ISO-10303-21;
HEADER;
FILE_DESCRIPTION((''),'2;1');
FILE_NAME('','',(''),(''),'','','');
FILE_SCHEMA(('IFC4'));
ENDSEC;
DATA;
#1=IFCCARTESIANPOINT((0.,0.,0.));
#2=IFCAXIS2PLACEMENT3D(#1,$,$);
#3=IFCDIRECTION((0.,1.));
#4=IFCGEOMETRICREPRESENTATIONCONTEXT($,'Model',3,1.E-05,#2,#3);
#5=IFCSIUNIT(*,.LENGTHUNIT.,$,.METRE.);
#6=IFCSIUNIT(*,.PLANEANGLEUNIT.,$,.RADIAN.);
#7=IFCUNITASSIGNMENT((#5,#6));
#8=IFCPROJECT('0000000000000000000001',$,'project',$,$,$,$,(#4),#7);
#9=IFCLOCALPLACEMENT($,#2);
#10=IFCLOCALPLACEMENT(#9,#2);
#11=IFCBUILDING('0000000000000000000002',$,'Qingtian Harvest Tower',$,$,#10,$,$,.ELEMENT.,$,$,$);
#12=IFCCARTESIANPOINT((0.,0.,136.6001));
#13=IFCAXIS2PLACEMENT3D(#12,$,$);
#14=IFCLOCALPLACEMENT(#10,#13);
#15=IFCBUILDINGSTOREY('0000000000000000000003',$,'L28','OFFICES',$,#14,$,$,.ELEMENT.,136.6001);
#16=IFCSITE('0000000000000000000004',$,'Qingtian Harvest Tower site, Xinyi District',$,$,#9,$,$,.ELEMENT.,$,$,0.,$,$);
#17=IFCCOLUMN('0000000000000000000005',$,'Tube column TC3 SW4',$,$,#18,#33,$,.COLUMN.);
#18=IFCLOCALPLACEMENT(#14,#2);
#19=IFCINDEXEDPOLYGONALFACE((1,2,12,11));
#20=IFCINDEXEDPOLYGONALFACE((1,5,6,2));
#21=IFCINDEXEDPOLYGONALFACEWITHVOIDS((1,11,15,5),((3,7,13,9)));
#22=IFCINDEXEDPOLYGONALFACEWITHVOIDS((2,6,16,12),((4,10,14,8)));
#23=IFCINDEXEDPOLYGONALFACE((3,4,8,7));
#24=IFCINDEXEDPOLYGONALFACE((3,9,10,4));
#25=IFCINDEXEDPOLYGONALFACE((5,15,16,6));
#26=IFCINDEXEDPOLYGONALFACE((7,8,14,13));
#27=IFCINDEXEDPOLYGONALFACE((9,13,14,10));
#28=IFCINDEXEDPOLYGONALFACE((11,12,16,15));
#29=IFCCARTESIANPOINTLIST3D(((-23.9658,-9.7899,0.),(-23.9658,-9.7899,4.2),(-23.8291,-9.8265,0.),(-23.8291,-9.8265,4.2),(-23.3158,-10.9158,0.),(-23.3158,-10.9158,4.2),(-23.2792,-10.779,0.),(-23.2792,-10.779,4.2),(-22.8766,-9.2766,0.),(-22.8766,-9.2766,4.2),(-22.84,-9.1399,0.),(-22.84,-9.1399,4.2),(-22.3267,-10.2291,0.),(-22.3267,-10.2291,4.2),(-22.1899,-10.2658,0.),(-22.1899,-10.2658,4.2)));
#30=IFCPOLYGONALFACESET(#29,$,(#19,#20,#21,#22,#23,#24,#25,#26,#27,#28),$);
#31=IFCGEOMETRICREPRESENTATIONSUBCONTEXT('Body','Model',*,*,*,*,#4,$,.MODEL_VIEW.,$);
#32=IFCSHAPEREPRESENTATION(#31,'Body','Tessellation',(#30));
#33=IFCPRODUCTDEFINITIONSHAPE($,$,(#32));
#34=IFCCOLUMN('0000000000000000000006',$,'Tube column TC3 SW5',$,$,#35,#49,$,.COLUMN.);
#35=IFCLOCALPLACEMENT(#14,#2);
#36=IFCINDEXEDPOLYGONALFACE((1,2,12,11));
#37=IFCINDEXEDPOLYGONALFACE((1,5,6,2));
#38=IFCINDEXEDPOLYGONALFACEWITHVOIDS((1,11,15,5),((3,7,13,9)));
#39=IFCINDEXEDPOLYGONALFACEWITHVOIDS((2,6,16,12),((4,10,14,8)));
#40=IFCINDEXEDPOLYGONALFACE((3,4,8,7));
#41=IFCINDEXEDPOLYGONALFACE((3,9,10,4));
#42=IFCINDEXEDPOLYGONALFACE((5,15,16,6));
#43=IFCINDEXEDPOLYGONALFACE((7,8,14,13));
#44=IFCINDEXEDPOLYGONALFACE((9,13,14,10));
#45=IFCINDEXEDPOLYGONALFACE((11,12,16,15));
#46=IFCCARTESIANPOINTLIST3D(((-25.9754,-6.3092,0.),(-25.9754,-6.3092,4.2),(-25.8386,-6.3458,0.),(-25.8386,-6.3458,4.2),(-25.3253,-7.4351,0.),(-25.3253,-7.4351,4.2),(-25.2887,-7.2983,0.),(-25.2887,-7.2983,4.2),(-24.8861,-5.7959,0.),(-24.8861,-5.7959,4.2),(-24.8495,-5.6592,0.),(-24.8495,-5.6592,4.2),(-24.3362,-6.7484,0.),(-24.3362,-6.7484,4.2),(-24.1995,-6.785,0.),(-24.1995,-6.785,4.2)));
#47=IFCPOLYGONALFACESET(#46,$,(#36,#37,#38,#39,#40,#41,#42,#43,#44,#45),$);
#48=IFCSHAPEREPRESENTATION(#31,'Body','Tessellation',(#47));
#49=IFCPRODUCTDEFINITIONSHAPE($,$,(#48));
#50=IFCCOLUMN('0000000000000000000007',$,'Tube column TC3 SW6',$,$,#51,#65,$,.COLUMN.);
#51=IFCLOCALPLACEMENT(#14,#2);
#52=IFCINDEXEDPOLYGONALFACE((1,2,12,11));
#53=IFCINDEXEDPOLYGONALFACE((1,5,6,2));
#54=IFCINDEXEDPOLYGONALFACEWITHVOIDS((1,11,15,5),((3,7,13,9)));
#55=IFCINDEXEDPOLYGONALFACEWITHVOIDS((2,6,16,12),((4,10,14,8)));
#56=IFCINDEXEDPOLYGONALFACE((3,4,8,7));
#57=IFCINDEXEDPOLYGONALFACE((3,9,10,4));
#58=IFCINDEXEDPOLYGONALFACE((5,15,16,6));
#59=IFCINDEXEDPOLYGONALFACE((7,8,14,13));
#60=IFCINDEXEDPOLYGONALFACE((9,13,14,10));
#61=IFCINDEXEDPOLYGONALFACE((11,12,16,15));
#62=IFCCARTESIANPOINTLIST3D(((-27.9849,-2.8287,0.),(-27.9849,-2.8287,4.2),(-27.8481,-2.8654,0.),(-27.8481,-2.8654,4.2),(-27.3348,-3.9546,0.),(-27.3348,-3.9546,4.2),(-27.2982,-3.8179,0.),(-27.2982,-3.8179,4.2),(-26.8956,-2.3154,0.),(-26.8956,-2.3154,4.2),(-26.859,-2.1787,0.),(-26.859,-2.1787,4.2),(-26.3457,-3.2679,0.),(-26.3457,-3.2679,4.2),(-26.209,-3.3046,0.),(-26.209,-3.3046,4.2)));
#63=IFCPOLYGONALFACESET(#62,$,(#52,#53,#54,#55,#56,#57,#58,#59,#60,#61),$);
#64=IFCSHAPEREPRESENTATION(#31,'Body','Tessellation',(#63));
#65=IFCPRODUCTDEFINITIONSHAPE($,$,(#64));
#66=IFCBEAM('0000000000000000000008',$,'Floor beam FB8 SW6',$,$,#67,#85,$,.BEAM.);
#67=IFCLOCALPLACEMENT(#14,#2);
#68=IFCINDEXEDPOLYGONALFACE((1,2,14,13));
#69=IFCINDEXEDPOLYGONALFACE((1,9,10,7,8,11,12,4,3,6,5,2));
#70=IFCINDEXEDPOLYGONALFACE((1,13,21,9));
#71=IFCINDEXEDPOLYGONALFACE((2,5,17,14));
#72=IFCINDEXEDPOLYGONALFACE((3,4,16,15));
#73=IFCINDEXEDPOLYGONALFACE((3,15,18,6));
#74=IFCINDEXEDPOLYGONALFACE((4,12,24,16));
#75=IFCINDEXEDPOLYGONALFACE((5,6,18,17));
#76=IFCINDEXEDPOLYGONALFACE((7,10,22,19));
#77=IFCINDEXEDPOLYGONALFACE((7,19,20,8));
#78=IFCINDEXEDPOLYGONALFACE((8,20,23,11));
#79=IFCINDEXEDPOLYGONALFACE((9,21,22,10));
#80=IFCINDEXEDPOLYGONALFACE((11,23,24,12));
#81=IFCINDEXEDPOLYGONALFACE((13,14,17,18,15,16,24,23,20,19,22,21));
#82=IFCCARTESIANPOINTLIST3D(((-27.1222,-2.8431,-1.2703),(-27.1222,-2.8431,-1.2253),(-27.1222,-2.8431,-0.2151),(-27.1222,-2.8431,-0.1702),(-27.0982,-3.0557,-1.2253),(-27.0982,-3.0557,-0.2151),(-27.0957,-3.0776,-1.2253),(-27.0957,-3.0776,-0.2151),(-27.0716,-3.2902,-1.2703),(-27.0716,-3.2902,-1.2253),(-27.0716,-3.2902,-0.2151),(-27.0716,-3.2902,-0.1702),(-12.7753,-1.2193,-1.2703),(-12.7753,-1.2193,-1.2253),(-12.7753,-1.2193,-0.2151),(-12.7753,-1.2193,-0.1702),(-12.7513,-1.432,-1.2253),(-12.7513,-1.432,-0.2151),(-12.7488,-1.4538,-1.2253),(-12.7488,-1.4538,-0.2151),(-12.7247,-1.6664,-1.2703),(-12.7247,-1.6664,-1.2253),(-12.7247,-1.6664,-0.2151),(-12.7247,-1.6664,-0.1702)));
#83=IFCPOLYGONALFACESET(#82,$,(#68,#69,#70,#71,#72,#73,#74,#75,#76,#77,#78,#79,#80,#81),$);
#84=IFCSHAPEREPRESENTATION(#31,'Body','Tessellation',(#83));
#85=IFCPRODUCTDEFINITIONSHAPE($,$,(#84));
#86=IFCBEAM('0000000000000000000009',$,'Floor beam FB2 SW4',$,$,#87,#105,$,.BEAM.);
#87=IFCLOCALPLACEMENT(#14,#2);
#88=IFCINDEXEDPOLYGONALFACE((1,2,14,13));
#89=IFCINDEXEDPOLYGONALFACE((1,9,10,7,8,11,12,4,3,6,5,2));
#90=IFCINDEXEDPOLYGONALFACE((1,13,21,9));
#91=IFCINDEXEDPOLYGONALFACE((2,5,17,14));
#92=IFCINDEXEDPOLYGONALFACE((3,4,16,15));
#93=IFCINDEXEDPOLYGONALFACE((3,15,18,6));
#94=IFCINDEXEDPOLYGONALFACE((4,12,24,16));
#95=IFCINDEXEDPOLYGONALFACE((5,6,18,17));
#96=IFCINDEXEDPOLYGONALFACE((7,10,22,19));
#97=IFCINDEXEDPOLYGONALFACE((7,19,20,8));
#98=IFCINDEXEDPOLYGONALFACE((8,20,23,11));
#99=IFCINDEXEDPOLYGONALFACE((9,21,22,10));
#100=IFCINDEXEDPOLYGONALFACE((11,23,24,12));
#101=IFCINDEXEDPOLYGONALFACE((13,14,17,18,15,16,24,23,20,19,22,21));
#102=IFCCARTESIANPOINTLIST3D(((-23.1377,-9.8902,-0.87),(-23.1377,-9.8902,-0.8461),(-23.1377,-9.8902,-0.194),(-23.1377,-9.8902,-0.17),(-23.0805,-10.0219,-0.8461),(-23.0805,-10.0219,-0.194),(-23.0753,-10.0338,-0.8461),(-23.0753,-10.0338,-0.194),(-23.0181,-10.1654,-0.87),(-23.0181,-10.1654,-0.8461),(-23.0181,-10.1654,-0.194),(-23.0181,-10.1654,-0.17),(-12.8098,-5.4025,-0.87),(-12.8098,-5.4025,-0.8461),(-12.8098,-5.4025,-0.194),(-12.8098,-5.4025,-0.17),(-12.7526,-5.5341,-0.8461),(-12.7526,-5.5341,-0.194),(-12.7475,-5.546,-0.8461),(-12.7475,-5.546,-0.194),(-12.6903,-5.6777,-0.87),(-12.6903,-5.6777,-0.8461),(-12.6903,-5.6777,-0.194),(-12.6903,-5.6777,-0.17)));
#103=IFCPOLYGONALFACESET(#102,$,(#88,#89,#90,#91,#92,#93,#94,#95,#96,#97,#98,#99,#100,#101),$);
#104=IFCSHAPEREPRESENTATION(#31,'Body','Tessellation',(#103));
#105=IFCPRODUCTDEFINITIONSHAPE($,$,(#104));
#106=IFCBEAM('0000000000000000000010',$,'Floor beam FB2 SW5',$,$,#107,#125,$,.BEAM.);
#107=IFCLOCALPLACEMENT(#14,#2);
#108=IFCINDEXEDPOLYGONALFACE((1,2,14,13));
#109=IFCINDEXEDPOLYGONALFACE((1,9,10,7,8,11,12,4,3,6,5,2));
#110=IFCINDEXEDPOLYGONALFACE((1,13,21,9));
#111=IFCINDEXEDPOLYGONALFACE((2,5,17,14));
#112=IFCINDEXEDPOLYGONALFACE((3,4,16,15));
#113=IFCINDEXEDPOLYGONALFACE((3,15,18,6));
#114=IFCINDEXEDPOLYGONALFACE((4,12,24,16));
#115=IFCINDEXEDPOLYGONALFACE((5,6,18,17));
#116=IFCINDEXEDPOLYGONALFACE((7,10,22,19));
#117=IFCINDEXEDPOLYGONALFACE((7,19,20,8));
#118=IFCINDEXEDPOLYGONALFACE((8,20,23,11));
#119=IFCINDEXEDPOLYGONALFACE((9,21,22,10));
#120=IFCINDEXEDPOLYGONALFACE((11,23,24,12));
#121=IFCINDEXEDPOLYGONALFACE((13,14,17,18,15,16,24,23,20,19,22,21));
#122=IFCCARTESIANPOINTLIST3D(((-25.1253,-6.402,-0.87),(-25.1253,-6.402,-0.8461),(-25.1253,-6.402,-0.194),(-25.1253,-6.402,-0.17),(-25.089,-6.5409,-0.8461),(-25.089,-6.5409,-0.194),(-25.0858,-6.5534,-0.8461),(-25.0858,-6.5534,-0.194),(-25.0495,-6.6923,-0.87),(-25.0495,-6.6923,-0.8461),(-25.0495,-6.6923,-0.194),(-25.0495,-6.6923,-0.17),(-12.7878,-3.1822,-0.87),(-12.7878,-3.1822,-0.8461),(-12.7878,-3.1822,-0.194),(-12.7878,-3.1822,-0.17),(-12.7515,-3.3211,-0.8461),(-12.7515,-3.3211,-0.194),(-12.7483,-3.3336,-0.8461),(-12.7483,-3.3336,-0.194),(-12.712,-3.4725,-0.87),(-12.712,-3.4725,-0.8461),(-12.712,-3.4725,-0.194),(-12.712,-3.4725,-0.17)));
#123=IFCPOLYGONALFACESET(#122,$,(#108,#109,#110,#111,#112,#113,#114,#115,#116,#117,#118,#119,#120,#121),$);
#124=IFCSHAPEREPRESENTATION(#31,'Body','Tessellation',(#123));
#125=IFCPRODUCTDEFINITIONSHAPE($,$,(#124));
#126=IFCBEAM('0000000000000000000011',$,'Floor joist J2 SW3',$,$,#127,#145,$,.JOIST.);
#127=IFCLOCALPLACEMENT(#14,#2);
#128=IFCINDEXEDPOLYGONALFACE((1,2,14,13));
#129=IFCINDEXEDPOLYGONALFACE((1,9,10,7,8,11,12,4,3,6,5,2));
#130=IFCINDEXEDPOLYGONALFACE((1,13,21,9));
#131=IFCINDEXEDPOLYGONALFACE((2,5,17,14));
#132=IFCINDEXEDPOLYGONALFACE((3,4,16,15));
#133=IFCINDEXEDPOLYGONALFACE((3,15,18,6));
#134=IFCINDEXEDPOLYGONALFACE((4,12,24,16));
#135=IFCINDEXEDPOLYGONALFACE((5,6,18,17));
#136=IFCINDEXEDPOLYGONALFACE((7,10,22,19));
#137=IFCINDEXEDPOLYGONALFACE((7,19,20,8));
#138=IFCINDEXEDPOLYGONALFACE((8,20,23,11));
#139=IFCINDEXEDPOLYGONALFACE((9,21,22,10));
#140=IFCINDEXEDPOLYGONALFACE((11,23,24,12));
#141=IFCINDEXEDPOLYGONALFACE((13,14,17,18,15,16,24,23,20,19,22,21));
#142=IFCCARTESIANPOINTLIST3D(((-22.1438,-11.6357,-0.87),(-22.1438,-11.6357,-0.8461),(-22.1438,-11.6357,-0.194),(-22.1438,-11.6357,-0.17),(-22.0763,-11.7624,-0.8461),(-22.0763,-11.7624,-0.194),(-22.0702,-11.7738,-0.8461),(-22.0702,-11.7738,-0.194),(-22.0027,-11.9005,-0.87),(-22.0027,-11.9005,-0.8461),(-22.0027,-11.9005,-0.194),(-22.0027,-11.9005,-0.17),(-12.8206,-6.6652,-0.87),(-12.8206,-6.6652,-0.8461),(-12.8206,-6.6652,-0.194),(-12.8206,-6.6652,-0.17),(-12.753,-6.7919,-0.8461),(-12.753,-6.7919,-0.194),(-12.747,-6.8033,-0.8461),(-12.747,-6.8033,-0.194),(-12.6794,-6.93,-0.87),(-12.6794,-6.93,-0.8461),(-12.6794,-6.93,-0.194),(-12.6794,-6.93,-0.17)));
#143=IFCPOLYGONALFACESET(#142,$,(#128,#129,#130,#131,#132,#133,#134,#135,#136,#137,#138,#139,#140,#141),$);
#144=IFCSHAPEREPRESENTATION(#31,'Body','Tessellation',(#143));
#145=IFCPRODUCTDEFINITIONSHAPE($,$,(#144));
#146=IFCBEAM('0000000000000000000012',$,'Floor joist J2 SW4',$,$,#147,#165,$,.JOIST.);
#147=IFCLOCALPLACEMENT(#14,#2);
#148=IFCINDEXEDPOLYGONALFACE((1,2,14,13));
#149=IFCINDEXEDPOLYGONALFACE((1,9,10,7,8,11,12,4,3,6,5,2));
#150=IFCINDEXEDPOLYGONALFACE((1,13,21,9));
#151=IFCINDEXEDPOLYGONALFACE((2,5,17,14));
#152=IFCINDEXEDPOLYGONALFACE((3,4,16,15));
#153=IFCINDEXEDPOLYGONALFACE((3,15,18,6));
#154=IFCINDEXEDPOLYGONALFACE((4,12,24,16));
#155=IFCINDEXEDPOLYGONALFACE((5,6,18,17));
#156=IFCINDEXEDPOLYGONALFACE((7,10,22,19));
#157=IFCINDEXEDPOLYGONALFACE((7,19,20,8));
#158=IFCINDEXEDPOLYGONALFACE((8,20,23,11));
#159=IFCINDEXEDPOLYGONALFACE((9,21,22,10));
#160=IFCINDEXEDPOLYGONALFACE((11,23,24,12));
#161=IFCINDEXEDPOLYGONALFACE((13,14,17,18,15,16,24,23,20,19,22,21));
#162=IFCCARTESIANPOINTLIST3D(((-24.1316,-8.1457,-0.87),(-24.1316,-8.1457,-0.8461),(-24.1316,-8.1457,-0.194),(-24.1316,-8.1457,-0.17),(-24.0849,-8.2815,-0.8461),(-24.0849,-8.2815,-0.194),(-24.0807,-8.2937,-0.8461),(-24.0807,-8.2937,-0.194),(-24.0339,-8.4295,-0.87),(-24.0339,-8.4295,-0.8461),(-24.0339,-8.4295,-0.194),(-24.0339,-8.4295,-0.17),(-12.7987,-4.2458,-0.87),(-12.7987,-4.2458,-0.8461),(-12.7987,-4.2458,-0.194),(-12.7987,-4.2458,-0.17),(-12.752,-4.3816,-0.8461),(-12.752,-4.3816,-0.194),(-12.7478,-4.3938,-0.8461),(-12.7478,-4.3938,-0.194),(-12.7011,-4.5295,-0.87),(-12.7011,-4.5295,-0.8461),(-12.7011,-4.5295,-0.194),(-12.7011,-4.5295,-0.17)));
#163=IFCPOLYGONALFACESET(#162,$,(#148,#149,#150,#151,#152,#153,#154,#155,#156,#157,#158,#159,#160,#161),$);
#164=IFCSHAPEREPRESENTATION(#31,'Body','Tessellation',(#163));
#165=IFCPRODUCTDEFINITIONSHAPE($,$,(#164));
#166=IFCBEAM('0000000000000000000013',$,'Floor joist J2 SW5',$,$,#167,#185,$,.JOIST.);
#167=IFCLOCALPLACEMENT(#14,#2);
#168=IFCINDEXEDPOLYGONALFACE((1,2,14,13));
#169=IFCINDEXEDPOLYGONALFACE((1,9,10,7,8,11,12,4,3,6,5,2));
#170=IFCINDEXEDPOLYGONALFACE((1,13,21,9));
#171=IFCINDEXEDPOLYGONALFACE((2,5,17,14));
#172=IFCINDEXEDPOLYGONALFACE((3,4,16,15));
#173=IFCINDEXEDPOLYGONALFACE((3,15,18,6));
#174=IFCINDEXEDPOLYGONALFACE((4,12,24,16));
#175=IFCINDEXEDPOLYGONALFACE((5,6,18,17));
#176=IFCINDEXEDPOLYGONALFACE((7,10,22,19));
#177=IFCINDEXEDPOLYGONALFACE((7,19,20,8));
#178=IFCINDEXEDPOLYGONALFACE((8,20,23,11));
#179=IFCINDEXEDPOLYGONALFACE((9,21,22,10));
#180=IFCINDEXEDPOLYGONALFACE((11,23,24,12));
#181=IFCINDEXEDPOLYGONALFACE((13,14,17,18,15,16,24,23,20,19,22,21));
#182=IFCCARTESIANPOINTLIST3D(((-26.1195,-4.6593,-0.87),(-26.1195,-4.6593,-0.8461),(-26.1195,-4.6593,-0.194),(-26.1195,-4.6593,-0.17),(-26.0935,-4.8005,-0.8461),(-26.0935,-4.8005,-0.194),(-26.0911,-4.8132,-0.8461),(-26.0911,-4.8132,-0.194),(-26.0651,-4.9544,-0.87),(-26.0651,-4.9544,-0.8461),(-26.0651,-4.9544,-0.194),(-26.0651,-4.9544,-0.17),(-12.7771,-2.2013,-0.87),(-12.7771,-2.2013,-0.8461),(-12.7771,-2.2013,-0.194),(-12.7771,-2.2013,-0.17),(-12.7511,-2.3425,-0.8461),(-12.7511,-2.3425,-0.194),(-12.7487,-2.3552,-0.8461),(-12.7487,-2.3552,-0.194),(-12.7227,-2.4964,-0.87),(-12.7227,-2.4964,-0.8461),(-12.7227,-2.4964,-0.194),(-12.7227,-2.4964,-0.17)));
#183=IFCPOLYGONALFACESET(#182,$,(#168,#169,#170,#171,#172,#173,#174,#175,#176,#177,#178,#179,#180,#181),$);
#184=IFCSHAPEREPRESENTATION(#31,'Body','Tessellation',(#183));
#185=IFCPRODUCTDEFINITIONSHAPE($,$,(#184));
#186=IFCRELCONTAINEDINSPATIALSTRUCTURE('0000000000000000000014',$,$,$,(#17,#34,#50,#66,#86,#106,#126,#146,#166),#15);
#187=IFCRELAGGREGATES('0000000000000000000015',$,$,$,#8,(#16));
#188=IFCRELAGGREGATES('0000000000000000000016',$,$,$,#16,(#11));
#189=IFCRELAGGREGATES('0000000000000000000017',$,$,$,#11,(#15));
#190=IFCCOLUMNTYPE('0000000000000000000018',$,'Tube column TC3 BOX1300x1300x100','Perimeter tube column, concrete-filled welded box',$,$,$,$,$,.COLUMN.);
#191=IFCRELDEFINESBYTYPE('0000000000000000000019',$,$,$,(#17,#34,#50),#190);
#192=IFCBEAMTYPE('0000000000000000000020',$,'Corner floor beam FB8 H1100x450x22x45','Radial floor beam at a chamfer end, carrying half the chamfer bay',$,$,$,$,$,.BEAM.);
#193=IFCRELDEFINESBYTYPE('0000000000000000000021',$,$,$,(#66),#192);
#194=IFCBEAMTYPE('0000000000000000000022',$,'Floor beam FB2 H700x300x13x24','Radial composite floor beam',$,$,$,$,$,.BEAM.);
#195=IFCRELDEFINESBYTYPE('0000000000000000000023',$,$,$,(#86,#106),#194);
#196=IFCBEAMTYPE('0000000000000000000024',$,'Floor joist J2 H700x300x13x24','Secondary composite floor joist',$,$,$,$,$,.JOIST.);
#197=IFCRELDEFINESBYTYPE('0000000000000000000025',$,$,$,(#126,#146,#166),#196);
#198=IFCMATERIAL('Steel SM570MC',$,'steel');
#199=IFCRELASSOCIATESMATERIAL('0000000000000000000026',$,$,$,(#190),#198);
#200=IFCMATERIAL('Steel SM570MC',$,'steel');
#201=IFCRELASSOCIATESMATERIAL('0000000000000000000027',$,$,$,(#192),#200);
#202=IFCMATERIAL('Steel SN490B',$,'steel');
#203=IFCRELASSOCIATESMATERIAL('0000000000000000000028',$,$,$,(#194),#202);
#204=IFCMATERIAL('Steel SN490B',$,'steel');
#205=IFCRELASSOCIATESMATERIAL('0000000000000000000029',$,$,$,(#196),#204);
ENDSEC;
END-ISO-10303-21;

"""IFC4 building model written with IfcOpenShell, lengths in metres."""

from ifc_helpers import new_model, si_unit, direction, frame, origin, origin_2d, place, context, subcontext, project, spatial, hollow_rectangle, i_section, extrude, material, material_profile, profile_set, type_object, element, save


model = new_model("IFC4")

# Units and contexts
model_context = context("Model", 3, precision=1e-05, world=origin(), true_north=direction((0.0, 1.0)))
body_context = subcontext(model_context, "Body", "Model", "MODEL_VIEW")
ifc_project = project(units=[si_unit("LENGTHUNIT", "METRE"), si_unit("PLANEANGLEUNIT", "RADIAN")], contexts=[model_context])

# Site, building, storey
site_placement = place(None, origin())
site = spatial("IfcSite", under=ifc_project, at=site_placement, Name="Qingtian Harvest Tower site, Xinyi District", CompositionType="ELEMENT", RefElevation=0.0)
building_placement = place(site_placement, origin())
building = spatial("IfcBuilding", under=site, at=building_placement, Name="Qingtian Harvest Tower", CompositionType="ELEMENT")
storey_placement = place(building_placement, frame((0.0, 0.0, 136.6001)))
storey = spatial("IfcBuildingStorey", under=building, at=storey_placement, Name="L28", Description="OFFICES", CompositionType="ELEMENT", Elevation=136.6001)

# Columns
ifc_material_1 = material(Name="Steel SM570MC", Category="steel")
ifc_material_profile_1 = material_profile(ifc_material_1, hollow_rectangle(XDim=1.3, YDim=1.3, WallThickness=0.1001, at=origin_2d()), Name="BOX1300x1300x100")
ifc_profile_set_1 = profile_set([ifc_material_profile_1], Name="Steel SM570MC")
column_type = type_object("IfcColumnType", Name="Tube column TC3 BOX1300x1300x100", Description="Perimeter tube column, concrete-filled welded box", PredefinedType="COLUMN", material=ifc_profile_set_1)
for number, where, z_axis, x_axis, name in (
    (1, (-23.0779, -10.0278, 0.0), (0.0, 0.0, 1.0), (0.5, -0.866025, 0.0), "Tube column TC3 SW4"),
    (2, (-25.0874, -6.5471, 0.0), (0.0, 0.0, 1.0), (0.5, -0.866025, 0.0), "Tube column TC3 SW5"),
    (3, (-27.0969, -3.0667, 0.0), (0.0, 0.0, 1.0), (0.5, -0.866025, 0.0), "Tube column TC3 SW6"),
):
    element("IfcColumn", number, at=place(storey_placement, frame(where, z_axis=z_axis, x_axis=x_axis)), inside=storey, type_object=column_type, Name=name, PredefinedType="COLUMN", context=body_context, shape_type="SweptSolid", body=[
        extrude(hollow_rectangle(XDim=1.3, YDim=1.3, WallThickness=0.1001, at=origin_2d()), origin(), (0.0, 0.0, 1.0), 4.2),
    ])

# Beams
ifc_material_2 = material(Name="Steel SM570MC", Category="steel")
ifc_material_profile_2 = material_profile(ifc_material_2, i_section(OverallWidth=0.45, OverallDepth=1.1001, WebThickness=0.022, FlangeThickness=0.0449, at=origin_2d()), Name="H1100x450x22x45")
ifc_profile_set_2 = profile_set([ifc_material_profile_2], Name="Steel SM570MC")
beam_type_1 = type_object("IfcBeamType", Name="Corner floor beam FB8 H1100x450x22x45", Description="Radial floor beam at a chamfer end, carrying half the chamfer bay", PredefinedType="BEAM", material=ifc_profile_set_2)
beam_1_placement = place(storey_placement, frame((-27.0969, -3.0667, -0.7202), z_axis=(0.993656, 0.112462, 0.0), x_axis=(-0.112462, 0.993656, 0.0)))
element("IfcBeam", 4, at=beam_1_placement, inside=storey, type_object=beam_type_1, Name="Floor beam FB8 SW6", PredefinedType="BEAM", context=body_context, shape_type="SweptSolid", body=[
    extrude(i_section(OverallWidth=0.45, OverallDepth=1.1001, WebThickness=0.022, FlangeThickness=0.0449, at=origin_2d()), origin(), (0.0, 0.0, 1.0), 14.4385),
])
ifc_material_3 = material(Name="Steel SN490B", Category="steel")
ifc_material_profile_3 = material_profile(ifc_material_3, i_section(OverallWidth=0.3, OverallDepth=0.7, WebThickness=0.0129, FlangeThickness=0.0239, at=origin_2d()), Name="H700x300x13x24")
ifc_profile_set_3 = profile_set([ifc_material_profile_3], Name="Steel SN490B")
beam_type_2 = type_object("IfcBeamType", Name="Floor beam FB2 H700x300x13x24", Description="Radial composite floor beam", PredefinedType="BEAM", material=ifc_profile_set_3)
beam_2_placement = place(storey_placement, frame((-23.0779, -10.0278, -0.52), z_axis=(0.917154, 0.398533, 0.0), x_axis=(-0.398533, 0.917154, 0.0)))
element("IfcBeam", 5, at=beam_2_placement, inside=storey, type_object=beam_type_2, Name="Floor beam FB2 SW4", PredefinedType="BEAM", context=body_context, shape_type="SweptSolid", body=[
    extrude(i_section(OverallWidth=0.3, OverallDepth=0.7, WebThickness=0.0129, FlangeThickness=0.0239, at=origin_2d()), origin(), (0.0, 0.0, 1.0), 11.2607),
])
beam_3_placement = place(storey_placement, frame((-25.0874, -6.5471, -0.52), z_axis=(0.967593, 0.252515, 0.0), x_axis=(-0.252515, 0.967593, 0.0)))
element("IfcBeam", 6, at=beam_3_placement, inside=storey, type_object=beam_type_2, Name="Floor beam FB2 SW5", PredefinedType="BEAM", context=body_context, shape_type="SweptSolid", body=[
    extrude(i_section(OverallWidth=0.3, OverallDepth=0.7, WebThickness=0.0129, FlangeThickness=0.0239, at=origin_2d()), origin(), (0.0, 0.0, 1.0), 12.7507),
])
ifc_material_4 = material(Name="Steel SN490B", Category="steel")
ifc_material_profile_4 = material_profile(ifc_material_4, i_section(OverallWidth=0.3, OverallDepth=0.7, WebThickness=0.0129, FlangeThickness=0.0239, at=origin_2d()), Name="H700x300x13x24")
ifc_profile_set_4 = profile_set([ifc_material_profile_4], Name="Steel SN490B")
beam_type_3 = type_object("IfcBeamType", Name="Floor joist J2 H700x300x13x24", Description="Secondary composite floor joist", PredefinedType="JOIST", material=ifc_profile_set_4)
beam_4_placement = place(storey_placement, frame((-22.0732, -11.7681, -0.52), z_axis=(0.882429, 0.470446, 0.0), x_axis=(-0.470446, 0.882429, 0.0)))
element("IfcBeam", 7, at=beam_4_placement, inside=storey, type_object=beam_type_3, Name="Floor joist J2 SW3", PredefinedType="JOIST", context=body_context, shape_type="SweptSolid", body=[
    extrude(i_section(OverallWidth=0.3, OverallDepth=0.7, WebThickness=0.0129, FlangeThickness=0.0239, at=origin_2d()), origin(), (0.0, 0.0, 1.0), 10.5654),
])
beam_5_placement = place(storey_placement, frame((-24.0828, -8.2876, -0.52), z_axis=(0.945577, 0.325398, 0.0), x_axis=(-0.325398, 0.945577, 0.0)))
element("IfcBeam", 8, at=beam_5_placement, inside=storey, type_object=beam_type_3, Name="Floor joist J2 SW4", PredefinedType="JOIST", context=body_context, shape_type="SweptSolid", body=[
    extrude(i_section(OverallWidth=0.3, OverallDepth=0.7, WebThickness=0.0129, FlangeThickness=0.0239, at=origin_2d()), origin(), (0.0, 0.0, 1.0), 11.9851),
])
beam_6_placement = place(storey_placement, frame((-26.0923, -4.8069, -0.52), z_axis=(0.98345, 0.181178, 0.0), x_axis=(-0.181178, 0.98345, 0.0)))
element("IfcBeam", 9, at=beam_6_placement, inside=storey, type_object=beam_type_3, Name="Floor joist J2 SW5", PredefinedType="JOIST", context=body_context, shape_type="SweptSolid", body=[
    extrude(i_section(OverallWidth=0.3, OverallDepth=0.7, WebThickness=0.0129, FlangeThickness=0.0239, at=origin_2d()), origin(), (0.0, 0.0, 1.0), 13.5669),
])

save(model, "model.ifc")
